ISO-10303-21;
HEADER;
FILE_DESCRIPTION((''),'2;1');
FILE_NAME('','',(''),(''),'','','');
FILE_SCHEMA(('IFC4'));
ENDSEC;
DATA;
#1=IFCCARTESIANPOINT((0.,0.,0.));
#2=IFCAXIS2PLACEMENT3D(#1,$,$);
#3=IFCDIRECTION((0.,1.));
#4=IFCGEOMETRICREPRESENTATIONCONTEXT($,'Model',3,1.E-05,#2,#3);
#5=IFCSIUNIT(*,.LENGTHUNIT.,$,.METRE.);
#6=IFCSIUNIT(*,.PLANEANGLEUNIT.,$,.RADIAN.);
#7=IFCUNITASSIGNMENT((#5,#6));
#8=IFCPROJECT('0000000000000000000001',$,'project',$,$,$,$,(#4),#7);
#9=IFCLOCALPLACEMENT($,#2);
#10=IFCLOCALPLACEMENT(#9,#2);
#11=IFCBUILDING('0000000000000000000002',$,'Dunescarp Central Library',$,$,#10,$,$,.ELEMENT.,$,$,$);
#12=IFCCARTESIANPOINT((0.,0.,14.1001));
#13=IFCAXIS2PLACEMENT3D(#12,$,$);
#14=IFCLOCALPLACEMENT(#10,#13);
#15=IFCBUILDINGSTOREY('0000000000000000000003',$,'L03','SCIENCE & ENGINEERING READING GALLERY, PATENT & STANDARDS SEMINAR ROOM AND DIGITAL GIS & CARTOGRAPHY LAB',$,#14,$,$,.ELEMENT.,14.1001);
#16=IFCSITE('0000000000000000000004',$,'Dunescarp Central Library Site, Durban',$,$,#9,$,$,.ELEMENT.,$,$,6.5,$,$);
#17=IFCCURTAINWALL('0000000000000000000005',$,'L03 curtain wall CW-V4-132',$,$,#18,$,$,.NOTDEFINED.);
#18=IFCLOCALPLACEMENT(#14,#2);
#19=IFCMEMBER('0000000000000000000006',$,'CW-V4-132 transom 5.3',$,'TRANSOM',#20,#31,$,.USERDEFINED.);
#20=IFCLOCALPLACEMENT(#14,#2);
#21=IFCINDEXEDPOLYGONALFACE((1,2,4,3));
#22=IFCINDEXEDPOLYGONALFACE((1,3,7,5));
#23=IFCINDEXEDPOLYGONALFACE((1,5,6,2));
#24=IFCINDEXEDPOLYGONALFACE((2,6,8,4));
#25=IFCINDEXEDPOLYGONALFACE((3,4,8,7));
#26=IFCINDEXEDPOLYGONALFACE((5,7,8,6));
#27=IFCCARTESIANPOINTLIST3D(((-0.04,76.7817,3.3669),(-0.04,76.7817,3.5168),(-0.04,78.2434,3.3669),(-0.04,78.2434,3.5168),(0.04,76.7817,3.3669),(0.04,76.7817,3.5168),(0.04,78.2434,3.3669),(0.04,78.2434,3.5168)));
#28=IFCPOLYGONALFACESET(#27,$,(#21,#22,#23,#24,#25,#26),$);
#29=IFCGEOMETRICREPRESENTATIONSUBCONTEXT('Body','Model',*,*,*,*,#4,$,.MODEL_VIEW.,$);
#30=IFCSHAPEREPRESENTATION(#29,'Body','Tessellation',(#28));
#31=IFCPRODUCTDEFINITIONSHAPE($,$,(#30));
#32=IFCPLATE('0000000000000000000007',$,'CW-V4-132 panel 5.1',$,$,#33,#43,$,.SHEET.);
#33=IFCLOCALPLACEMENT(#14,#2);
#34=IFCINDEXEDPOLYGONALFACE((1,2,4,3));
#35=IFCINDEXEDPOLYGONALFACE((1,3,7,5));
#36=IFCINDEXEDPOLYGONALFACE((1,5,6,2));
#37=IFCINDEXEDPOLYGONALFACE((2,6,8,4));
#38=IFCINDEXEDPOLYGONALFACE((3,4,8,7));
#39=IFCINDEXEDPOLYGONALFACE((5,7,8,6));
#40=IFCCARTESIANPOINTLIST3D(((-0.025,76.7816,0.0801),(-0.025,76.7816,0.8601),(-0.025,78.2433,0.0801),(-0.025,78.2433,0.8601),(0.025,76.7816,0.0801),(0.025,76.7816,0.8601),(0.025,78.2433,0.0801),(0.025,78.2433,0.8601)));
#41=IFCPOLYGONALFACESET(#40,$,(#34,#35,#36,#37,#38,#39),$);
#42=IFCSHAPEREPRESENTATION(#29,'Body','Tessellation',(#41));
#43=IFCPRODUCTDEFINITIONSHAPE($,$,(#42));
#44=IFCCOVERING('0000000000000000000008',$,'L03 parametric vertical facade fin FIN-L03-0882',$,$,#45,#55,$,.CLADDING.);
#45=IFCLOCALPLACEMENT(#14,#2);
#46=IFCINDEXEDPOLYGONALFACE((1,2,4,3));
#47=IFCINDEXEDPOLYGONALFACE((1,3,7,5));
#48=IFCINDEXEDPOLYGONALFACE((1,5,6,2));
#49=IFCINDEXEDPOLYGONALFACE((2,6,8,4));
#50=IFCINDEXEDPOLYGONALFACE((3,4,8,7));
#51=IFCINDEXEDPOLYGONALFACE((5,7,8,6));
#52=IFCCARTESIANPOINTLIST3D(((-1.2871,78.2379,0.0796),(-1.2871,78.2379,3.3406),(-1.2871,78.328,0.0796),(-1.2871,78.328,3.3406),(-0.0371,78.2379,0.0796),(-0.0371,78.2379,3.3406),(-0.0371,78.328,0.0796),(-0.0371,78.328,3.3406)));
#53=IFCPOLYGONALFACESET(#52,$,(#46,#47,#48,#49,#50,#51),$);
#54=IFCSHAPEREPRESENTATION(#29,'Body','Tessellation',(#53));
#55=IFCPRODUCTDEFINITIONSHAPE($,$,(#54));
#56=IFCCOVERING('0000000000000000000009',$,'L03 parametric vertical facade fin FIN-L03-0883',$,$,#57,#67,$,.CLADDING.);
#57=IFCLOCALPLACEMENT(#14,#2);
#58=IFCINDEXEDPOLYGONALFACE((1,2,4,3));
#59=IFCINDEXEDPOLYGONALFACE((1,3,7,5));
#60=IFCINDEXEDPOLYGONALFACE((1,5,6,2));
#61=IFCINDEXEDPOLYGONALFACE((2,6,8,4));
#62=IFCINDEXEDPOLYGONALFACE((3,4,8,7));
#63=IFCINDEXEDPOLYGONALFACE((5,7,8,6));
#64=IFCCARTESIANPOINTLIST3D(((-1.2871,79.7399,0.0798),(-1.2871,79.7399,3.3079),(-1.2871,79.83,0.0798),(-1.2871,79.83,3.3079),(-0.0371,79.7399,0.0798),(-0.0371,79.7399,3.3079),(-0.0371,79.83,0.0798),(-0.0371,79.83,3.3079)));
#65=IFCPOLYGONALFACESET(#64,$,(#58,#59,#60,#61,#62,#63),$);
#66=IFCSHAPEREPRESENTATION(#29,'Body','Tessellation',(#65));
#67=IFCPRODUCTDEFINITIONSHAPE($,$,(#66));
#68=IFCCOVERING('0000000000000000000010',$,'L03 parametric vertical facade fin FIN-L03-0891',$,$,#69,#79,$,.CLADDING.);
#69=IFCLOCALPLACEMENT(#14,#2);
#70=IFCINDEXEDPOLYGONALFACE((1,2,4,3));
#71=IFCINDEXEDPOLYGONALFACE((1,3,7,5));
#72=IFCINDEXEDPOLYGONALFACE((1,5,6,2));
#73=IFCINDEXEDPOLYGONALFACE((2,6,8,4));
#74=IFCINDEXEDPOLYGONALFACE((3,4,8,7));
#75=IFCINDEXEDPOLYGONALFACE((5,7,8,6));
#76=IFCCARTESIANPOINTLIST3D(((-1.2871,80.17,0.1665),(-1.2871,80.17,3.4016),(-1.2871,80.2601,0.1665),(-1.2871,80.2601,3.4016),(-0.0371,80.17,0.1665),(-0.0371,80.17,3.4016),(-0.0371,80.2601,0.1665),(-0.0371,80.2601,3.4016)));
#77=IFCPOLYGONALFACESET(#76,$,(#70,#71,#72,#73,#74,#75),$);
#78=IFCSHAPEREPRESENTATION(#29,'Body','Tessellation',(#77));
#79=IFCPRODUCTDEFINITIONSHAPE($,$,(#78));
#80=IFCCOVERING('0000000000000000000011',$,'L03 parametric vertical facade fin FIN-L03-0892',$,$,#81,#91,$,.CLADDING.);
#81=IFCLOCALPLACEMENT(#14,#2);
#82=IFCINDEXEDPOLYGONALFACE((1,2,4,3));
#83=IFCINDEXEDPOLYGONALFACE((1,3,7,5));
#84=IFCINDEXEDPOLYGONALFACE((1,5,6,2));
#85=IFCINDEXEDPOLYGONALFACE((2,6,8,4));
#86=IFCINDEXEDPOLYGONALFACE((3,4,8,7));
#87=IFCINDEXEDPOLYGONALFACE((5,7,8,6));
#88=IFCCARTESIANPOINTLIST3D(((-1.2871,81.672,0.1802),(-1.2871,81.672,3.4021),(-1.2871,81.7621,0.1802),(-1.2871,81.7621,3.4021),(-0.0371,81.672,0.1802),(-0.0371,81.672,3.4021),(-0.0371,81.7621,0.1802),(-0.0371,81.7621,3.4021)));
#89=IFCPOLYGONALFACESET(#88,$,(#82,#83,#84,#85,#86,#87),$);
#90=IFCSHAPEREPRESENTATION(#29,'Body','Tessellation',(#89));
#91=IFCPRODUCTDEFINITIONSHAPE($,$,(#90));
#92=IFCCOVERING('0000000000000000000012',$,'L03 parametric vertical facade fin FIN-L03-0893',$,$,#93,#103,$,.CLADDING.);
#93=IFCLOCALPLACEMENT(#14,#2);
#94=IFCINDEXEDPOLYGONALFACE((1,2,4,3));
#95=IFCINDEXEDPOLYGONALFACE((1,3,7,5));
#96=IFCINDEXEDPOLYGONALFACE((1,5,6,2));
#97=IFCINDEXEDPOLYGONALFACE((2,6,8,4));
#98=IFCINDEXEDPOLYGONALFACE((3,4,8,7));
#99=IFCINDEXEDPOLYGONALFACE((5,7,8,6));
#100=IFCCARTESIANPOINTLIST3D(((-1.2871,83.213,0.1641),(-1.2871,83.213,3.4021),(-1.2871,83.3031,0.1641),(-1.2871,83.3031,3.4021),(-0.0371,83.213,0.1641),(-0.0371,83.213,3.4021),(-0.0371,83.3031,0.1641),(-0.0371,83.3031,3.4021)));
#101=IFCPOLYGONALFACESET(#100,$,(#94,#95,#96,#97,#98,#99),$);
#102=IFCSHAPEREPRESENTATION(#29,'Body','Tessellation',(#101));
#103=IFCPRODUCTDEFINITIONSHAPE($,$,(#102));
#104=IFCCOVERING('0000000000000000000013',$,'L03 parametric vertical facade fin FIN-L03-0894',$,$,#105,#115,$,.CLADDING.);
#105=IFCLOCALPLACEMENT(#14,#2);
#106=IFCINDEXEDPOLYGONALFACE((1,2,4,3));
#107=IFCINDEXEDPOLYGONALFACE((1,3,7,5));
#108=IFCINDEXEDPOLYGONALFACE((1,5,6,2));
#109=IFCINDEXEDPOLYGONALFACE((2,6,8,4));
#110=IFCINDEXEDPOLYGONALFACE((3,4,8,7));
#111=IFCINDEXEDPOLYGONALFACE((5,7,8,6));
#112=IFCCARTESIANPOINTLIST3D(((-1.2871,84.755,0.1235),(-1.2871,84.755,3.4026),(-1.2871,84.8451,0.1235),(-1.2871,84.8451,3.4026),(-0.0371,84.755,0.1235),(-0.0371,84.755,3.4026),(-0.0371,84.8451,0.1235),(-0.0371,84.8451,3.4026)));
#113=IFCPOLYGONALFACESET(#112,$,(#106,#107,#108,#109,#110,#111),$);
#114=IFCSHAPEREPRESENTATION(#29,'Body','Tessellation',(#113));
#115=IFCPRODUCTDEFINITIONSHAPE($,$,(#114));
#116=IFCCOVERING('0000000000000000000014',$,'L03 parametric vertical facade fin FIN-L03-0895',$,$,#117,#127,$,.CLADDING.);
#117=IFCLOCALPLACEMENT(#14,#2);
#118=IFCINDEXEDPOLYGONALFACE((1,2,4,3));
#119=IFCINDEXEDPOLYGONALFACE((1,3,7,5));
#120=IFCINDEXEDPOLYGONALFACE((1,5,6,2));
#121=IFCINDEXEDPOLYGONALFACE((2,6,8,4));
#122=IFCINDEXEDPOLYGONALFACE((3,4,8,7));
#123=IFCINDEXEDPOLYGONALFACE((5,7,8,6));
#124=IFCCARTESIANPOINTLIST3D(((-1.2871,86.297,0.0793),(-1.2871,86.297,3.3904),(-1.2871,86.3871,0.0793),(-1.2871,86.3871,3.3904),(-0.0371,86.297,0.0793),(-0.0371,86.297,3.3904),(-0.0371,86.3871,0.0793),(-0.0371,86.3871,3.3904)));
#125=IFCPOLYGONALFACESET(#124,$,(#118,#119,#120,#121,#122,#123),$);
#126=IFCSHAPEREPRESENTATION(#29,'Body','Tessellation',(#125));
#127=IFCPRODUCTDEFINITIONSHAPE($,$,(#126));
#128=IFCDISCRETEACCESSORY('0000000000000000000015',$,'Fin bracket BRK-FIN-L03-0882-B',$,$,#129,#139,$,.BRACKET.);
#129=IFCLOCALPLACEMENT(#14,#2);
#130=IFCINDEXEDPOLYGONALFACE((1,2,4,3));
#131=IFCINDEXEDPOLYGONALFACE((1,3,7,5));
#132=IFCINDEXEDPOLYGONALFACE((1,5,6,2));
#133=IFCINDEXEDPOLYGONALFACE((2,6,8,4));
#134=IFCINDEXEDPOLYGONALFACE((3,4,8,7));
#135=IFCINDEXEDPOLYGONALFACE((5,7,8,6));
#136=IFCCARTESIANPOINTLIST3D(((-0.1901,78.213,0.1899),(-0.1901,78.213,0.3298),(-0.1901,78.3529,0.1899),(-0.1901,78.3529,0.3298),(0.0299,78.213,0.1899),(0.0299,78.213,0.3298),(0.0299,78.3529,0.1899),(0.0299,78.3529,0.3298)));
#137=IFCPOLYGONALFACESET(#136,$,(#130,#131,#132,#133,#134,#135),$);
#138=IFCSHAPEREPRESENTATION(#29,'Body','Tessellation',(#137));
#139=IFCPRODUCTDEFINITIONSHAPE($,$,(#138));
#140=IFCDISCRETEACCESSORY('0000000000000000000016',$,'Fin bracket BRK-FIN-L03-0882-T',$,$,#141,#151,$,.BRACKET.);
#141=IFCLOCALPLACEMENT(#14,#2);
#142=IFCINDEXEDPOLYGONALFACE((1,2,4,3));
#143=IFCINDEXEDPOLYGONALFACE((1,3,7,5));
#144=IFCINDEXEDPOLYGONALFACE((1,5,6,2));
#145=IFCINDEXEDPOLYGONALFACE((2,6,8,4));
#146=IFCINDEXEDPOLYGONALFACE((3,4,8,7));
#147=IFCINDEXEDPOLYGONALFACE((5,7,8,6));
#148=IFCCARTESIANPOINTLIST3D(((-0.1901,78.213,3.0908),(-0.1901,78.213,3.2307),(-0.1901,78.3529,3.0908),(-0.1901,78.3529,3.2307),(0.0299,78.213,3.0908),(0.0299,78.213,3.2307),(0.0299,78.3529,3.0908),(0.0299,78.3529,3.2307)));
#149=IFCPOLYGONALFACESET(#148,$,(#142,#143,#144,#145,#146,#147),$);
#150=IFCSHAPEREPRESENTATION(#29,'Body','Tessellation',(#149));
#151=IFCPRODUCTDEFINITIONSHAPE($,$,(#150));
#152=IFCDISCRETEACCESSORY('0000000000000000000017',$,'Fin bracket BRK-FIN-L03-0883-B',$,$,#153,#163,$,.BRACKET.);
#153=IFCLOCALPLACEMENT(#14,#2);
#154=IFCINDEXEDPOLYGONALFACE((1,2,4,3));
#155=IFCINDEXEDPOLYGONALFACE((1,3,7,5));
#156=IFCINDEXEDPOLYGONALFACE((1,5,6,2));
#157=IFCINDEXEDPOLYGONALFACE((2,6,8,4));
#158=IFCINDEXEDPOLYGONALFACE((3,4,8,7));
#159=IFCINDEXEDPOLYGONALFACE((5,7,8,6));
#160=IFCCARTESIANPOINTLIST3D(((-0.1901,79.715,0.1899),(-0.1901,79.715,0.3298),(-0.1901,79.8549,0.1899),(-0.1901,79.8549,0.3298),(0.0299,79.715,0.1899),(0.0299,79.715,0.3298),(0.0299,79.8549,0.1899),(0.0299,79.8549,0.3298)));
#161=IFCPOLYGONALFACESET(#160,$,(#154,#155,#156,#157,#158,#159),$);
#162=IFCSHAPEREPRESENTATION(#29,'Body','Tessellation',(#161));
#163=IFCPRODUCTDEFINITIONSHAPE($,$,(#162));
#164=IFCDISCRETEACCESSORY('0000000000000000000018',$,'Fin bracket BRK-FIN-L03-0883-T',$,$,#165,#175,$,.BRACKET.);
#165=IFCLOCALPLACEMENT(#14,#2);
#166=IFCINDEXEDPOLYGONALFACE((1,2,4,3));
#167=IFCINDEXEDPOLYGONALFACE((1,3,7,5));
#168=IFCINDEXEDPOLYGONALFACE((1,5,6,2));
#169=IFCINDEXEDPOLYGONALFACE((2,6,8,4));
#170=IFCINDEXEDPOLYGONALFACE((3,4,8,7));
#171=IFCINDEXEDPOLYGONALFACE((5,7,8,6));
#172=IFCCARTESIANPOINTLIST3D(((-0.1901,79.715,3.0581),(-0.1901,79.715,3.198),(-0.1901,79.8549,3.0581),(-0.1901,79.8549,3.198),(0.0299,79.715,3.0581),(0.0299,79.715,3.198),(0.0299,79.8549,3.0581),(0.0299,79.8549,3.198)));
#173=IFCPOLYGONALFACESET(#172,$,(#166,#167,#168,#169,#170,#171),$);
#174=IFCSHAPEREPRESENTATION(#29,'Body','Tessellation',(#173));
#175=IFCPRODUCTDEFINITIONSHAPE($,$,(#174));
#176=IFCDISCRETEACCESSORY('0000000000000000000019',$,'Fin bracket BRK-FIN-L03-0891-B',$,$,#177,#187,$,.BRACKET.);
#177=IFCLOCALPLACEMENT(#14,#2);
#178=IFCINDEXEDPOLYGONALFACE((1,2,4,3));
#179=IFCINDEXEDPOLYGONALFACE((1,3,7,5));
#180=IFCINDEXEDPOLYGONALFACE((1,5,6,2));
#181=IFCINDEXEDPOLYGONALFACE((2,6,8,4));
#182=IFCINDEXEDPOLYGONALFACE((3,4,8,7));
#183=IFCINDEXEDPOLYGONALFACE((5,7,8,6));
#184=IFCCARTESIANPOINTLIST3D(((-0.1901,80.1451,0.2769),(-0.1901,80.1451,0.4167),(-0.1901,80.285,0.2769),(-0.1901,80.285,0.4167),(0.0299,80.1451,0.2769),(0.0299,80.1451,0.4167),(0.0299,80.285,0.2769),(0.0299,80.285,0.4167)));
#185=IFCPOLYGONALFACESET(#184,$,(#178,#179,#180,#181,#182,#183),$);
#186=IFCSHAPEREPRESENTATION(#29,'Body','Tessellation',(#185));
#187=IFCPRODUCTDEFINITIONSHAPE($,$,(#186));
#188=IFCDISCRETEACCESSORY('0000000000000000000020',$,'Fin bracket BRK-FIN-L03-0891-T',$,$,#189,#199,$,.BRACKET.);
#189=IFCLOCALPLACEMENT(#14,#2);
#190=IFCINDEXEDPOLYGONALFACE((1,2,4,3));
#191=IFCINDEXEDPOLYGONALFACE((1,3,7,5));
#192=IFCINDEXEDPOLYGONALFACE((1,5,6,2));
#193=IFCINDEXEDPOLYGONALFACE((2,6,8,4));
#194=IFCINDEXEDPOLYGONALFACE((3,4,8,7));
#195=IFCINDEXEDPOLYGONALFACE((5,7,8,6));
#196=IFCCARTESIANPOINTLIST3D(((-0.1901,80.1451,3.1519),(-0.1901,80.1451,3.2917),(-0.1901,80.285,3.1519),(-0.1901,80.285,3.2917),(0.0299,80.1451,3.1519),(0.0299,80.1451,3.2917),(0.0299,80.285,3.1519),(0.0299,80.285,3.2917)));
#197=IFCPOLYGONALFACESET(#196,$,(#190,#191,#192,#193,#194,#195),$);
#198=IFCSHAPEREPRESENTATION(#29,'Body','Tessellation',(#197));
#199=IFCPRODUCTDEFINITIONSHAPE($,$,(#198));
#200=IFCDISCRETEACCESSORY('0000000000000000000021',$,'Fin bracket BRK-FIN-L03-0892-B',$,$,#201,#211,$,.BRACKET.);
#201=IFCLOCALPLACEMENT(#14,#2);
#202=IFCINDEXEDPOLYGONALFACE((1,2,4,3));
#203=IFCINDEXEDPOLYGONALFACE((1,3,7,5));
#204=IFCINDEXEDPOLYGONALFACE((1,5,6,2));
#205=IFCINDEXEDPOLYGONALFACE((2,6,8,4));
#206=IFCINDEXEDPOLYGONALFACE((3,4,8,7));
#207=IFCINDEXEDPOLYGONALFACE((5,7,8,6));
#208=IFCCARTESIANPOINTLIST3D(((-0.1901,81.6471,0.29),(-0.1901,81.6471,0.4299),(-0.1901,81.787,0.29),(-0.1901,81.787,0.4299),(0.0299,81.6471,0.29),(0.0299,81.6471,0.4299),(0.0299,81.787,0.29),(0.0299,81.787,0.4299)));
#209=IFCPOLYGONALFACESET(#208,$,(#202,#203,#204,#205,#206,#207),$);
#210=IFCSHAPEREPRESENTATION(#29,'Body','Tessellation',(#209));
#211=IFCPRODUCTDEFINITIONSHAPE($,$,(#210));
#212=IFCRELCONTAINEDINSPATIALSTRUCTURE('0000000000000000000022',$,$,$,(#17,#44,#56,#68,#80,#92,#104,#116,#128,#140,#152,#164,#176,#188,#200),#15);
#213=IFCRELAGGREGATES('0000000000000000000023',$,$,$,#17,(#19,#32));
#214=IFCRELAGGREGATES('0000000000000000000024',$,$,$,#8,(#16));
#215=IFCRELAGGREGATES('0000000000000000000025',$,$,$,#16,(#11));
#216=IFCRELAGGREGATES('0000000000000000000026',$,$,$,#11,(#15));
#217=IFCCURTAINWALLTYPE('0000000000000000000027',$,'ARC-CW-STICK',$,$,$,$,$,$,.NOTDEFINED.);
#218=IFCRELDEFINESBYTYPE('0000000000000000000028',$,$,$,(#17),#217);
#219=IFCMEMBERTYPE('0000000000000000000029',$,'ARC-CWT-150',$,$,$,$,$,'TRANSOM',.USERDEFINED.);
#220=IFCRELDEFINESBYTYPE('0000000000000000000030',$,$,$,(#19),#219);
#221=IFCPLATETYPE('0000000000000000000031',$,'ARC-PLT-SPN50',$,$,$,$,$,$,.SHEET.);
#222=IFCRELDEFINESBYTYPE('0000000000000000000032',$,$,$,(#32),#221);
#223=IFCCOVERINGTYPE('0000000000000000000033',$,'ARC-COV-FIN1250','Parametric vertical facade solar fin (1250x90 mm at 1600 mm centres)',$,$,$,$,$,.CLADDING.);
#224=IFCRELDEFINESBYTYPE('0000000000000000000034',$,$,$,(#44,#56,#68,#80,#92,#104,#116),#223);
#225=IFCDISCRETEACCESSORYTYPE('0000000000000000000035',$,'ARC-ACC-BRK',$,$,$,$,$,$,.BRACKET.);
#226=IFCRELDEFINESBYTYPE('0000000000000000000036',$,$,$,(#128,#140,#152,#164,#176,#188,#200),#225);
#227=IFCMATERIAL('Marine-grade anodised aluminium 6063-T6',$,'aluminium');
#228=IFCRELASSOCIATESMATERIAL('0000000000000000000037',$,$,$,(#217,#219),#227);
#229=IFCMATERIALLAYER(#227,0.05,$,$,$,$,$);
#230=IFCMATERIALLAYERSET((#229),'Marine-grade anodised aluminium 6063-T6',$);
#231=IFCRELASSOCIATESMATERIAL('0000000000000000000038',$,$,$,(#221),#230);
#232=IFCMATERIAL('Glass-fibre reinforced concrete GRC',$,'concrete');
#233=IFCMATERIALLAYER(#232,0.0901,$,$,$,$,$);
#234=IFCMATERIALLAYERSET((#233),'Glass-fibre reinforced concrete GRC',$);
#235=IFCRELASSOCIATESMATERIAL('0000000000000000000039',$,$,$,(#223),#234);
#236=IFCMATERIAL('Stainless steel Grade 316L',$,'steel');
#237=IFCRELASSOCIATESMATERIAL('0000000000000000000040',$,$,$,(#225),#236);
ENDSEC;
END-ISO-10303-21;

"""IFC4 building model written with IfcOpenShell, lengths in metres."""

from ifc_helpers import new_model, si_unit, direction, frame, origin, origin_2d, place, context, subcontext, project, spatial, rectangle, extrude, material, layer, layer_set, material_profile, profile_set, type_object, element, aggregate, save


model = new_model("IFC4")

# Units and contexts
model_context = context("Model", 3, precision=1e-05, world=origin(), true_north=direction((0.0, 1.0)))
body_context = subcontext(model_context, "Body", "Model", "MODEL_VIEW")
ifc_project = project(units=[si_unit("LENGTHUNIT", "METRE"), si_unit("PLANEANGLEUNIT", "RADIAN")], contexts=[model_context])

# Site, building, storey
site_placement = place(None, origin())
site = spatial("IfcSite", under=ifc_project, at=site_placement, Name="Dunescarp Central Library Site, Durban", CompositionType="ELEMENT", RefElevation=6.5)
building_placement = place(site_placement, origin())
building = spatial("IfcBuilding", under=site, at=building_placement, Name="Dunescarp Central Library", CompositionType="ELEMENT")
storey_placement = place(building_placement, frame((0.0, 0.0, 14.1001)))
storey = spatial("IfcBuildingStorey", under=building, at=storey_placement, Name="L03", Description="SCIENCE & ENGINEERING READING GALLERY, PATENT & STANDARDS SEMINAR ROOM AND DIGITAL GIS & CARTOGRAPHY LAB", CompositionType="ELEMENT", Elevation=14.1001)

# Curtain wall, member, plate
ifc_material_1 = material(Name="Marine-grade anodised aluminium 6063-T6", Category="aluminium")
curtain_wall_type = type_object("IfcCurtainWallType", Name="ARC-CW-STICK", PredefinedType="NOTDEFINED", material=ifc_material_1)
curtain_wall_placement = place(storey_placement, origin())
curtain_wall = element("IfcCurtainWall", 1, at=curtain_wall_placement, inside=storey, type_object=curtain_wall_type, Name="L03 curtain wall CW-V4-132", PredefinedType="NOTDEFINED")
ifc_material_profile = material_profile(ifc_material_1, rectangle(XDim=0.0801, YDim=0.1499, at=origin_2d()), Name="AL 80x150")
ifc_profile_set = profile_set([ifc_material_profile], Name="Marine-grade anodised aluminium 6063-T6")
member_type = type_object("IfcMemberType", Name="ARC-CWT-150", ElementType="TRANSOM", PredefinedType="USERDEFINED", material=ifc_profile_set)
member_placement = place(storey_placement, frame((0.0, 76.7817, 3.4419), z_axis=(0.0, 1.0, 0.0), x_axis=(-1.0, 0.0, 0.0)))
member = element("IfcMember", 2, at=member_placement, type_object=member_type, Name="CW-V4-132 transom 5.3", ObjectType="TRANSOM", PredefinedType="USERDEFINED", context=body_context, shape_type="SweptSolid", body=[
    extrude(rectangle(XDim=0.0801, YDim=0.1499, at=origin_2d()), origin(), (0.0, 0.0, 1.0), 1.4617),
])
ifc_layer_1 = layer(ifc_material_1, 0.05)
ifc_layer_set_1 = layer_set([ifc_layer_1], Name="Marine-grade anodised aluminium 6063-T6")
plate_type = type_object("IfcPlateType", Name="ARC-PLT-SPN50", PredefinedType="SHEET", material=ifc_layer_set_1)
plate_placement = place(storey_placement, frame((0.0, 77.5125, 0.0801), z_axis=(0.0, 0.0, 1.0), x_axis=(0.0, 1.0, 0.0)))
plate = element("IfcPlate", 3, at=plate_placement, type_object=plate_type, Name="CW-V4-132 panel 5.1", PredefinedType="SHEET", context=body_context, shape_type="SweptSolid", body=[
    extrude(rectangle(XDim=1.4617, YDim=0.05, at=origin_2d()), origin(), (0.0, 0.0, 1.0), 0.78),
])
aggregate(curtain_wall, [member, plate])

# Coverings
ifc_material_2 = material(Name="Glass-fibre reinforced concrete GRC", Category="concrete")
ifc_layer_2 = layer(ifc_material_2, 0.0901)
ifc_layer_set_2 = layer_set([ifc_layer_2], Name="Glass-fibre reinforced concrete GRC")
covering_type = type_object("IfcCoveringType", Name="ARC-COV-FIN1250", Description="Parametric vertical facade solar fin (1250x90 mm at 1600 mm centres)", PredefinedType="CLADDING", material=ifc_layer_set_2)
covering_1_placement = place(storey_placement, frame((-0.6621, 78.283, 0.0796), z_axis=(0.0, 0.0, 1.0), x_axis=(-1.0, 0.0, 0.0)))
element("IfcCovering", 4, at=covering_1_placement, inside=storey, type_object=covering_type, Name="L03 parametric vertical facade fin FIN-L03-0882", PredefinedType="CLADDING", context=body_context, shape_type="SweptSolid", body=[
    extrude(rectangle(XDim=1.25, YDim=0.0901, at=origin_2d()), origin(), (0.0, 0.0, 1.0), 3.261),
])
covering_2_placement = place(storey_placement, frame((-0.6621, 79.7849, 0.0798), z_axis=(0.0, 0.0, 1.0), x_axis=(-1.0, 0.0, 0.0)))
element("IfcCovering", 5, at=covering_2_placement, inside=storey, type_object=covering_type, Name="L03 parametric vertical facade fin FIN-L03-0883", PredefinedType="CLADDING", context=body_context, shape_type="SweptSolid", body=[
    extrude(rectangle(XDim=1.25, YDim=0.0901, at=origin_2d()), origin(), (0.0, 0.0, 1.0), 3.228),
])
covering_3_placement = place(storey_placement, frame((-0.6621, 80.2151, 0.1665), z_axis=(0.0, 0.0, 1.0), x_axis=(-1.0, 0.0, 0.0)))
element("IfcCovering", 6, at=covering_3_placement, inside=storey, type_object=covering_type, Name="L03 parametric vertical facade fin FIN-L03-0891", PredefinedType="CLADDING", context=body_context, shape_type="SweptSolid", body=[
    extrude(rectangle(XDim=1.25, YDim=0.0901, at=origin_2d()), origin(), (0.0, 0.0, 1.0), 3.2351),
])
covering_4_placement = place(storey_placement, frame((-0.6621, 81.717, 0.1802), z_axis=(0.0, 0.0, 1.0), x_axis=(-1.0, 0.0, 0.0)))
element("IfcCovering", 7, at=covering_4_placement, inside=storey, type_object=covering_type, Name="L03 parametric vertical facade fin FIN-L03-0892", PredefinedType="CLADDING", context=body_context, shape_type="SweptSolid", body=[
    extrude(rectangle(XDim=1.25, YDim=0.0901, at=origin_2d()), origin(), (0.0, 0.0, 1.0), 3.2219),
])
covering_5_placement = place(storey_placement, frame((-0.6621, 83.2581, 0.1641), z_axis=(0.0, 0.0, 1.0), x_axis=(-1.0, 0.0, 0.0)))
element("IfcCovering", 8, at=covering_5_placement, inside=storey, type_object=covering_type, Name="L03 parametric vertical facade fin FIN-L03-0893", PredefinedType="CLADDING", context=body_context, shape_type="SweptSolid", body=[
    extrude(rectangle(XDim=1.25, YDim=0.0901, at=origin_2d()), origin(), (0.0, 0.0, 1.0), 3.238),
])
covering_6_placement = place(storey_placement, frame((-0.6621, 84.8, 0.1235), z_axis=(0.0, 0.0, 1.0), x_axis=(-1.0, 0.0, 0.0)))
element("IfcCovering", 9, at=covering_6_placement, inside=storey, type_object=covering_type, Name="L03 parametric vertical facade fin FIN-L03-0894", PredefinedType="CLADDING", context=body_context, shape_type="SweptSolid", body=[
    extrude(rectangle(XDim=1.25, YDim=0.0901, at=origin_2d()), origin(), (0.0, 0.0, 1.0), 3.2791),
])
covering_7_placement = place(storey_placement, frame((-0.6621, 86.342, 0.0793), z_axis=(0.0, 0.0, 1.0), x_axis=(-1.0, 0.0, 0.0)))
element("IfcCovering", 10, at=covering_7_placement, inside=storey, type_object=covering_type, Name="L03 parametric vertical facade fin FIN-L03-0895", PredefinedType="CLADDING", context=body_context, shape_type="SweptSolid", body=[
    extrude(rectangle(XDim=1.25, YDim=0.0901, at=origin_2d()), origin(), (0.0, 0.0, 1.0), 3.311),
])

# Discrete accessories
ifc_material_3 = material(Name="Stainless steel Grade 316L", Category="steel")
discrete_accessory_type = type_object("IfcDiscreteAccessoryType", Name="ARC-ACC-BRK", PredefinedType="BRACKET", material=ifc_material_3)
for number, where, z_axis, x_axis, name in (
    (11, (-0.0801, 78.283, 0.1899), (0.0, 0.0, 1.0), (-1.0, 0.0, 0.0), "Fin bracket BRK-FIN-L03-0882-B"),
    (12, (-0.0801, 78.283, 3.0908), (0.0, 0.0, 1.0), (-1.0, 0.0, 0.0), "Fin bracket BRK-FIN-L03-0882-T"),
    (13, (-0.0801, 79.7849, 0.1899), (0.0, 0.0, 1.0), (-1.0, 0.0, 0.0), "Fin bracket BRK-FIN-L03-0883-B"),
    (14, (-0.0801, 79.7849, 3.0581), (0.0, 0.0, 1.0), (-1.0, 0.0, 0.0), "Fin bracket BRK-FIN-L03-0883-T"),
    (15, (-0.0801, 80.2151, 0.2769), (0.0, 0.0, 1.0), (-1.0, 0.0, 0.0), "Fin bracket BRK-FIN-L03-0891-B"),
    (16, (-0.0801, 80.2151, 3.1519), (0.0, 0.0, 1.0), (-1.0, 0.0, 0.0), "Fin bracket BRK-FIN-L03-0891-T"),
    (17, (-0.0801, 81.717, 0.29), (0.0, 0.0, 1.0), (-1.0, 0.0, 0.0), "Fin bracket BRK-FIN-L03-0892-B"),
):
    element("IfcDiscreteAccessory", number, at=place(storey_placement, frame(where, z_axis=z_axis, x_axis=x_axis)), inside=storey, type_object=discrete_accessory_type, Name=name, PredefinedType="BRACKET", context=body_context, shape_type="SweptSolid", body=[
        extrude(rectangle(XDim=0.22, YDim=0.1399, at=origin_2d()), origin(), (0.0, 0.0, 1.0), 0.1399),
    ])

save(model, "model.ifc")
